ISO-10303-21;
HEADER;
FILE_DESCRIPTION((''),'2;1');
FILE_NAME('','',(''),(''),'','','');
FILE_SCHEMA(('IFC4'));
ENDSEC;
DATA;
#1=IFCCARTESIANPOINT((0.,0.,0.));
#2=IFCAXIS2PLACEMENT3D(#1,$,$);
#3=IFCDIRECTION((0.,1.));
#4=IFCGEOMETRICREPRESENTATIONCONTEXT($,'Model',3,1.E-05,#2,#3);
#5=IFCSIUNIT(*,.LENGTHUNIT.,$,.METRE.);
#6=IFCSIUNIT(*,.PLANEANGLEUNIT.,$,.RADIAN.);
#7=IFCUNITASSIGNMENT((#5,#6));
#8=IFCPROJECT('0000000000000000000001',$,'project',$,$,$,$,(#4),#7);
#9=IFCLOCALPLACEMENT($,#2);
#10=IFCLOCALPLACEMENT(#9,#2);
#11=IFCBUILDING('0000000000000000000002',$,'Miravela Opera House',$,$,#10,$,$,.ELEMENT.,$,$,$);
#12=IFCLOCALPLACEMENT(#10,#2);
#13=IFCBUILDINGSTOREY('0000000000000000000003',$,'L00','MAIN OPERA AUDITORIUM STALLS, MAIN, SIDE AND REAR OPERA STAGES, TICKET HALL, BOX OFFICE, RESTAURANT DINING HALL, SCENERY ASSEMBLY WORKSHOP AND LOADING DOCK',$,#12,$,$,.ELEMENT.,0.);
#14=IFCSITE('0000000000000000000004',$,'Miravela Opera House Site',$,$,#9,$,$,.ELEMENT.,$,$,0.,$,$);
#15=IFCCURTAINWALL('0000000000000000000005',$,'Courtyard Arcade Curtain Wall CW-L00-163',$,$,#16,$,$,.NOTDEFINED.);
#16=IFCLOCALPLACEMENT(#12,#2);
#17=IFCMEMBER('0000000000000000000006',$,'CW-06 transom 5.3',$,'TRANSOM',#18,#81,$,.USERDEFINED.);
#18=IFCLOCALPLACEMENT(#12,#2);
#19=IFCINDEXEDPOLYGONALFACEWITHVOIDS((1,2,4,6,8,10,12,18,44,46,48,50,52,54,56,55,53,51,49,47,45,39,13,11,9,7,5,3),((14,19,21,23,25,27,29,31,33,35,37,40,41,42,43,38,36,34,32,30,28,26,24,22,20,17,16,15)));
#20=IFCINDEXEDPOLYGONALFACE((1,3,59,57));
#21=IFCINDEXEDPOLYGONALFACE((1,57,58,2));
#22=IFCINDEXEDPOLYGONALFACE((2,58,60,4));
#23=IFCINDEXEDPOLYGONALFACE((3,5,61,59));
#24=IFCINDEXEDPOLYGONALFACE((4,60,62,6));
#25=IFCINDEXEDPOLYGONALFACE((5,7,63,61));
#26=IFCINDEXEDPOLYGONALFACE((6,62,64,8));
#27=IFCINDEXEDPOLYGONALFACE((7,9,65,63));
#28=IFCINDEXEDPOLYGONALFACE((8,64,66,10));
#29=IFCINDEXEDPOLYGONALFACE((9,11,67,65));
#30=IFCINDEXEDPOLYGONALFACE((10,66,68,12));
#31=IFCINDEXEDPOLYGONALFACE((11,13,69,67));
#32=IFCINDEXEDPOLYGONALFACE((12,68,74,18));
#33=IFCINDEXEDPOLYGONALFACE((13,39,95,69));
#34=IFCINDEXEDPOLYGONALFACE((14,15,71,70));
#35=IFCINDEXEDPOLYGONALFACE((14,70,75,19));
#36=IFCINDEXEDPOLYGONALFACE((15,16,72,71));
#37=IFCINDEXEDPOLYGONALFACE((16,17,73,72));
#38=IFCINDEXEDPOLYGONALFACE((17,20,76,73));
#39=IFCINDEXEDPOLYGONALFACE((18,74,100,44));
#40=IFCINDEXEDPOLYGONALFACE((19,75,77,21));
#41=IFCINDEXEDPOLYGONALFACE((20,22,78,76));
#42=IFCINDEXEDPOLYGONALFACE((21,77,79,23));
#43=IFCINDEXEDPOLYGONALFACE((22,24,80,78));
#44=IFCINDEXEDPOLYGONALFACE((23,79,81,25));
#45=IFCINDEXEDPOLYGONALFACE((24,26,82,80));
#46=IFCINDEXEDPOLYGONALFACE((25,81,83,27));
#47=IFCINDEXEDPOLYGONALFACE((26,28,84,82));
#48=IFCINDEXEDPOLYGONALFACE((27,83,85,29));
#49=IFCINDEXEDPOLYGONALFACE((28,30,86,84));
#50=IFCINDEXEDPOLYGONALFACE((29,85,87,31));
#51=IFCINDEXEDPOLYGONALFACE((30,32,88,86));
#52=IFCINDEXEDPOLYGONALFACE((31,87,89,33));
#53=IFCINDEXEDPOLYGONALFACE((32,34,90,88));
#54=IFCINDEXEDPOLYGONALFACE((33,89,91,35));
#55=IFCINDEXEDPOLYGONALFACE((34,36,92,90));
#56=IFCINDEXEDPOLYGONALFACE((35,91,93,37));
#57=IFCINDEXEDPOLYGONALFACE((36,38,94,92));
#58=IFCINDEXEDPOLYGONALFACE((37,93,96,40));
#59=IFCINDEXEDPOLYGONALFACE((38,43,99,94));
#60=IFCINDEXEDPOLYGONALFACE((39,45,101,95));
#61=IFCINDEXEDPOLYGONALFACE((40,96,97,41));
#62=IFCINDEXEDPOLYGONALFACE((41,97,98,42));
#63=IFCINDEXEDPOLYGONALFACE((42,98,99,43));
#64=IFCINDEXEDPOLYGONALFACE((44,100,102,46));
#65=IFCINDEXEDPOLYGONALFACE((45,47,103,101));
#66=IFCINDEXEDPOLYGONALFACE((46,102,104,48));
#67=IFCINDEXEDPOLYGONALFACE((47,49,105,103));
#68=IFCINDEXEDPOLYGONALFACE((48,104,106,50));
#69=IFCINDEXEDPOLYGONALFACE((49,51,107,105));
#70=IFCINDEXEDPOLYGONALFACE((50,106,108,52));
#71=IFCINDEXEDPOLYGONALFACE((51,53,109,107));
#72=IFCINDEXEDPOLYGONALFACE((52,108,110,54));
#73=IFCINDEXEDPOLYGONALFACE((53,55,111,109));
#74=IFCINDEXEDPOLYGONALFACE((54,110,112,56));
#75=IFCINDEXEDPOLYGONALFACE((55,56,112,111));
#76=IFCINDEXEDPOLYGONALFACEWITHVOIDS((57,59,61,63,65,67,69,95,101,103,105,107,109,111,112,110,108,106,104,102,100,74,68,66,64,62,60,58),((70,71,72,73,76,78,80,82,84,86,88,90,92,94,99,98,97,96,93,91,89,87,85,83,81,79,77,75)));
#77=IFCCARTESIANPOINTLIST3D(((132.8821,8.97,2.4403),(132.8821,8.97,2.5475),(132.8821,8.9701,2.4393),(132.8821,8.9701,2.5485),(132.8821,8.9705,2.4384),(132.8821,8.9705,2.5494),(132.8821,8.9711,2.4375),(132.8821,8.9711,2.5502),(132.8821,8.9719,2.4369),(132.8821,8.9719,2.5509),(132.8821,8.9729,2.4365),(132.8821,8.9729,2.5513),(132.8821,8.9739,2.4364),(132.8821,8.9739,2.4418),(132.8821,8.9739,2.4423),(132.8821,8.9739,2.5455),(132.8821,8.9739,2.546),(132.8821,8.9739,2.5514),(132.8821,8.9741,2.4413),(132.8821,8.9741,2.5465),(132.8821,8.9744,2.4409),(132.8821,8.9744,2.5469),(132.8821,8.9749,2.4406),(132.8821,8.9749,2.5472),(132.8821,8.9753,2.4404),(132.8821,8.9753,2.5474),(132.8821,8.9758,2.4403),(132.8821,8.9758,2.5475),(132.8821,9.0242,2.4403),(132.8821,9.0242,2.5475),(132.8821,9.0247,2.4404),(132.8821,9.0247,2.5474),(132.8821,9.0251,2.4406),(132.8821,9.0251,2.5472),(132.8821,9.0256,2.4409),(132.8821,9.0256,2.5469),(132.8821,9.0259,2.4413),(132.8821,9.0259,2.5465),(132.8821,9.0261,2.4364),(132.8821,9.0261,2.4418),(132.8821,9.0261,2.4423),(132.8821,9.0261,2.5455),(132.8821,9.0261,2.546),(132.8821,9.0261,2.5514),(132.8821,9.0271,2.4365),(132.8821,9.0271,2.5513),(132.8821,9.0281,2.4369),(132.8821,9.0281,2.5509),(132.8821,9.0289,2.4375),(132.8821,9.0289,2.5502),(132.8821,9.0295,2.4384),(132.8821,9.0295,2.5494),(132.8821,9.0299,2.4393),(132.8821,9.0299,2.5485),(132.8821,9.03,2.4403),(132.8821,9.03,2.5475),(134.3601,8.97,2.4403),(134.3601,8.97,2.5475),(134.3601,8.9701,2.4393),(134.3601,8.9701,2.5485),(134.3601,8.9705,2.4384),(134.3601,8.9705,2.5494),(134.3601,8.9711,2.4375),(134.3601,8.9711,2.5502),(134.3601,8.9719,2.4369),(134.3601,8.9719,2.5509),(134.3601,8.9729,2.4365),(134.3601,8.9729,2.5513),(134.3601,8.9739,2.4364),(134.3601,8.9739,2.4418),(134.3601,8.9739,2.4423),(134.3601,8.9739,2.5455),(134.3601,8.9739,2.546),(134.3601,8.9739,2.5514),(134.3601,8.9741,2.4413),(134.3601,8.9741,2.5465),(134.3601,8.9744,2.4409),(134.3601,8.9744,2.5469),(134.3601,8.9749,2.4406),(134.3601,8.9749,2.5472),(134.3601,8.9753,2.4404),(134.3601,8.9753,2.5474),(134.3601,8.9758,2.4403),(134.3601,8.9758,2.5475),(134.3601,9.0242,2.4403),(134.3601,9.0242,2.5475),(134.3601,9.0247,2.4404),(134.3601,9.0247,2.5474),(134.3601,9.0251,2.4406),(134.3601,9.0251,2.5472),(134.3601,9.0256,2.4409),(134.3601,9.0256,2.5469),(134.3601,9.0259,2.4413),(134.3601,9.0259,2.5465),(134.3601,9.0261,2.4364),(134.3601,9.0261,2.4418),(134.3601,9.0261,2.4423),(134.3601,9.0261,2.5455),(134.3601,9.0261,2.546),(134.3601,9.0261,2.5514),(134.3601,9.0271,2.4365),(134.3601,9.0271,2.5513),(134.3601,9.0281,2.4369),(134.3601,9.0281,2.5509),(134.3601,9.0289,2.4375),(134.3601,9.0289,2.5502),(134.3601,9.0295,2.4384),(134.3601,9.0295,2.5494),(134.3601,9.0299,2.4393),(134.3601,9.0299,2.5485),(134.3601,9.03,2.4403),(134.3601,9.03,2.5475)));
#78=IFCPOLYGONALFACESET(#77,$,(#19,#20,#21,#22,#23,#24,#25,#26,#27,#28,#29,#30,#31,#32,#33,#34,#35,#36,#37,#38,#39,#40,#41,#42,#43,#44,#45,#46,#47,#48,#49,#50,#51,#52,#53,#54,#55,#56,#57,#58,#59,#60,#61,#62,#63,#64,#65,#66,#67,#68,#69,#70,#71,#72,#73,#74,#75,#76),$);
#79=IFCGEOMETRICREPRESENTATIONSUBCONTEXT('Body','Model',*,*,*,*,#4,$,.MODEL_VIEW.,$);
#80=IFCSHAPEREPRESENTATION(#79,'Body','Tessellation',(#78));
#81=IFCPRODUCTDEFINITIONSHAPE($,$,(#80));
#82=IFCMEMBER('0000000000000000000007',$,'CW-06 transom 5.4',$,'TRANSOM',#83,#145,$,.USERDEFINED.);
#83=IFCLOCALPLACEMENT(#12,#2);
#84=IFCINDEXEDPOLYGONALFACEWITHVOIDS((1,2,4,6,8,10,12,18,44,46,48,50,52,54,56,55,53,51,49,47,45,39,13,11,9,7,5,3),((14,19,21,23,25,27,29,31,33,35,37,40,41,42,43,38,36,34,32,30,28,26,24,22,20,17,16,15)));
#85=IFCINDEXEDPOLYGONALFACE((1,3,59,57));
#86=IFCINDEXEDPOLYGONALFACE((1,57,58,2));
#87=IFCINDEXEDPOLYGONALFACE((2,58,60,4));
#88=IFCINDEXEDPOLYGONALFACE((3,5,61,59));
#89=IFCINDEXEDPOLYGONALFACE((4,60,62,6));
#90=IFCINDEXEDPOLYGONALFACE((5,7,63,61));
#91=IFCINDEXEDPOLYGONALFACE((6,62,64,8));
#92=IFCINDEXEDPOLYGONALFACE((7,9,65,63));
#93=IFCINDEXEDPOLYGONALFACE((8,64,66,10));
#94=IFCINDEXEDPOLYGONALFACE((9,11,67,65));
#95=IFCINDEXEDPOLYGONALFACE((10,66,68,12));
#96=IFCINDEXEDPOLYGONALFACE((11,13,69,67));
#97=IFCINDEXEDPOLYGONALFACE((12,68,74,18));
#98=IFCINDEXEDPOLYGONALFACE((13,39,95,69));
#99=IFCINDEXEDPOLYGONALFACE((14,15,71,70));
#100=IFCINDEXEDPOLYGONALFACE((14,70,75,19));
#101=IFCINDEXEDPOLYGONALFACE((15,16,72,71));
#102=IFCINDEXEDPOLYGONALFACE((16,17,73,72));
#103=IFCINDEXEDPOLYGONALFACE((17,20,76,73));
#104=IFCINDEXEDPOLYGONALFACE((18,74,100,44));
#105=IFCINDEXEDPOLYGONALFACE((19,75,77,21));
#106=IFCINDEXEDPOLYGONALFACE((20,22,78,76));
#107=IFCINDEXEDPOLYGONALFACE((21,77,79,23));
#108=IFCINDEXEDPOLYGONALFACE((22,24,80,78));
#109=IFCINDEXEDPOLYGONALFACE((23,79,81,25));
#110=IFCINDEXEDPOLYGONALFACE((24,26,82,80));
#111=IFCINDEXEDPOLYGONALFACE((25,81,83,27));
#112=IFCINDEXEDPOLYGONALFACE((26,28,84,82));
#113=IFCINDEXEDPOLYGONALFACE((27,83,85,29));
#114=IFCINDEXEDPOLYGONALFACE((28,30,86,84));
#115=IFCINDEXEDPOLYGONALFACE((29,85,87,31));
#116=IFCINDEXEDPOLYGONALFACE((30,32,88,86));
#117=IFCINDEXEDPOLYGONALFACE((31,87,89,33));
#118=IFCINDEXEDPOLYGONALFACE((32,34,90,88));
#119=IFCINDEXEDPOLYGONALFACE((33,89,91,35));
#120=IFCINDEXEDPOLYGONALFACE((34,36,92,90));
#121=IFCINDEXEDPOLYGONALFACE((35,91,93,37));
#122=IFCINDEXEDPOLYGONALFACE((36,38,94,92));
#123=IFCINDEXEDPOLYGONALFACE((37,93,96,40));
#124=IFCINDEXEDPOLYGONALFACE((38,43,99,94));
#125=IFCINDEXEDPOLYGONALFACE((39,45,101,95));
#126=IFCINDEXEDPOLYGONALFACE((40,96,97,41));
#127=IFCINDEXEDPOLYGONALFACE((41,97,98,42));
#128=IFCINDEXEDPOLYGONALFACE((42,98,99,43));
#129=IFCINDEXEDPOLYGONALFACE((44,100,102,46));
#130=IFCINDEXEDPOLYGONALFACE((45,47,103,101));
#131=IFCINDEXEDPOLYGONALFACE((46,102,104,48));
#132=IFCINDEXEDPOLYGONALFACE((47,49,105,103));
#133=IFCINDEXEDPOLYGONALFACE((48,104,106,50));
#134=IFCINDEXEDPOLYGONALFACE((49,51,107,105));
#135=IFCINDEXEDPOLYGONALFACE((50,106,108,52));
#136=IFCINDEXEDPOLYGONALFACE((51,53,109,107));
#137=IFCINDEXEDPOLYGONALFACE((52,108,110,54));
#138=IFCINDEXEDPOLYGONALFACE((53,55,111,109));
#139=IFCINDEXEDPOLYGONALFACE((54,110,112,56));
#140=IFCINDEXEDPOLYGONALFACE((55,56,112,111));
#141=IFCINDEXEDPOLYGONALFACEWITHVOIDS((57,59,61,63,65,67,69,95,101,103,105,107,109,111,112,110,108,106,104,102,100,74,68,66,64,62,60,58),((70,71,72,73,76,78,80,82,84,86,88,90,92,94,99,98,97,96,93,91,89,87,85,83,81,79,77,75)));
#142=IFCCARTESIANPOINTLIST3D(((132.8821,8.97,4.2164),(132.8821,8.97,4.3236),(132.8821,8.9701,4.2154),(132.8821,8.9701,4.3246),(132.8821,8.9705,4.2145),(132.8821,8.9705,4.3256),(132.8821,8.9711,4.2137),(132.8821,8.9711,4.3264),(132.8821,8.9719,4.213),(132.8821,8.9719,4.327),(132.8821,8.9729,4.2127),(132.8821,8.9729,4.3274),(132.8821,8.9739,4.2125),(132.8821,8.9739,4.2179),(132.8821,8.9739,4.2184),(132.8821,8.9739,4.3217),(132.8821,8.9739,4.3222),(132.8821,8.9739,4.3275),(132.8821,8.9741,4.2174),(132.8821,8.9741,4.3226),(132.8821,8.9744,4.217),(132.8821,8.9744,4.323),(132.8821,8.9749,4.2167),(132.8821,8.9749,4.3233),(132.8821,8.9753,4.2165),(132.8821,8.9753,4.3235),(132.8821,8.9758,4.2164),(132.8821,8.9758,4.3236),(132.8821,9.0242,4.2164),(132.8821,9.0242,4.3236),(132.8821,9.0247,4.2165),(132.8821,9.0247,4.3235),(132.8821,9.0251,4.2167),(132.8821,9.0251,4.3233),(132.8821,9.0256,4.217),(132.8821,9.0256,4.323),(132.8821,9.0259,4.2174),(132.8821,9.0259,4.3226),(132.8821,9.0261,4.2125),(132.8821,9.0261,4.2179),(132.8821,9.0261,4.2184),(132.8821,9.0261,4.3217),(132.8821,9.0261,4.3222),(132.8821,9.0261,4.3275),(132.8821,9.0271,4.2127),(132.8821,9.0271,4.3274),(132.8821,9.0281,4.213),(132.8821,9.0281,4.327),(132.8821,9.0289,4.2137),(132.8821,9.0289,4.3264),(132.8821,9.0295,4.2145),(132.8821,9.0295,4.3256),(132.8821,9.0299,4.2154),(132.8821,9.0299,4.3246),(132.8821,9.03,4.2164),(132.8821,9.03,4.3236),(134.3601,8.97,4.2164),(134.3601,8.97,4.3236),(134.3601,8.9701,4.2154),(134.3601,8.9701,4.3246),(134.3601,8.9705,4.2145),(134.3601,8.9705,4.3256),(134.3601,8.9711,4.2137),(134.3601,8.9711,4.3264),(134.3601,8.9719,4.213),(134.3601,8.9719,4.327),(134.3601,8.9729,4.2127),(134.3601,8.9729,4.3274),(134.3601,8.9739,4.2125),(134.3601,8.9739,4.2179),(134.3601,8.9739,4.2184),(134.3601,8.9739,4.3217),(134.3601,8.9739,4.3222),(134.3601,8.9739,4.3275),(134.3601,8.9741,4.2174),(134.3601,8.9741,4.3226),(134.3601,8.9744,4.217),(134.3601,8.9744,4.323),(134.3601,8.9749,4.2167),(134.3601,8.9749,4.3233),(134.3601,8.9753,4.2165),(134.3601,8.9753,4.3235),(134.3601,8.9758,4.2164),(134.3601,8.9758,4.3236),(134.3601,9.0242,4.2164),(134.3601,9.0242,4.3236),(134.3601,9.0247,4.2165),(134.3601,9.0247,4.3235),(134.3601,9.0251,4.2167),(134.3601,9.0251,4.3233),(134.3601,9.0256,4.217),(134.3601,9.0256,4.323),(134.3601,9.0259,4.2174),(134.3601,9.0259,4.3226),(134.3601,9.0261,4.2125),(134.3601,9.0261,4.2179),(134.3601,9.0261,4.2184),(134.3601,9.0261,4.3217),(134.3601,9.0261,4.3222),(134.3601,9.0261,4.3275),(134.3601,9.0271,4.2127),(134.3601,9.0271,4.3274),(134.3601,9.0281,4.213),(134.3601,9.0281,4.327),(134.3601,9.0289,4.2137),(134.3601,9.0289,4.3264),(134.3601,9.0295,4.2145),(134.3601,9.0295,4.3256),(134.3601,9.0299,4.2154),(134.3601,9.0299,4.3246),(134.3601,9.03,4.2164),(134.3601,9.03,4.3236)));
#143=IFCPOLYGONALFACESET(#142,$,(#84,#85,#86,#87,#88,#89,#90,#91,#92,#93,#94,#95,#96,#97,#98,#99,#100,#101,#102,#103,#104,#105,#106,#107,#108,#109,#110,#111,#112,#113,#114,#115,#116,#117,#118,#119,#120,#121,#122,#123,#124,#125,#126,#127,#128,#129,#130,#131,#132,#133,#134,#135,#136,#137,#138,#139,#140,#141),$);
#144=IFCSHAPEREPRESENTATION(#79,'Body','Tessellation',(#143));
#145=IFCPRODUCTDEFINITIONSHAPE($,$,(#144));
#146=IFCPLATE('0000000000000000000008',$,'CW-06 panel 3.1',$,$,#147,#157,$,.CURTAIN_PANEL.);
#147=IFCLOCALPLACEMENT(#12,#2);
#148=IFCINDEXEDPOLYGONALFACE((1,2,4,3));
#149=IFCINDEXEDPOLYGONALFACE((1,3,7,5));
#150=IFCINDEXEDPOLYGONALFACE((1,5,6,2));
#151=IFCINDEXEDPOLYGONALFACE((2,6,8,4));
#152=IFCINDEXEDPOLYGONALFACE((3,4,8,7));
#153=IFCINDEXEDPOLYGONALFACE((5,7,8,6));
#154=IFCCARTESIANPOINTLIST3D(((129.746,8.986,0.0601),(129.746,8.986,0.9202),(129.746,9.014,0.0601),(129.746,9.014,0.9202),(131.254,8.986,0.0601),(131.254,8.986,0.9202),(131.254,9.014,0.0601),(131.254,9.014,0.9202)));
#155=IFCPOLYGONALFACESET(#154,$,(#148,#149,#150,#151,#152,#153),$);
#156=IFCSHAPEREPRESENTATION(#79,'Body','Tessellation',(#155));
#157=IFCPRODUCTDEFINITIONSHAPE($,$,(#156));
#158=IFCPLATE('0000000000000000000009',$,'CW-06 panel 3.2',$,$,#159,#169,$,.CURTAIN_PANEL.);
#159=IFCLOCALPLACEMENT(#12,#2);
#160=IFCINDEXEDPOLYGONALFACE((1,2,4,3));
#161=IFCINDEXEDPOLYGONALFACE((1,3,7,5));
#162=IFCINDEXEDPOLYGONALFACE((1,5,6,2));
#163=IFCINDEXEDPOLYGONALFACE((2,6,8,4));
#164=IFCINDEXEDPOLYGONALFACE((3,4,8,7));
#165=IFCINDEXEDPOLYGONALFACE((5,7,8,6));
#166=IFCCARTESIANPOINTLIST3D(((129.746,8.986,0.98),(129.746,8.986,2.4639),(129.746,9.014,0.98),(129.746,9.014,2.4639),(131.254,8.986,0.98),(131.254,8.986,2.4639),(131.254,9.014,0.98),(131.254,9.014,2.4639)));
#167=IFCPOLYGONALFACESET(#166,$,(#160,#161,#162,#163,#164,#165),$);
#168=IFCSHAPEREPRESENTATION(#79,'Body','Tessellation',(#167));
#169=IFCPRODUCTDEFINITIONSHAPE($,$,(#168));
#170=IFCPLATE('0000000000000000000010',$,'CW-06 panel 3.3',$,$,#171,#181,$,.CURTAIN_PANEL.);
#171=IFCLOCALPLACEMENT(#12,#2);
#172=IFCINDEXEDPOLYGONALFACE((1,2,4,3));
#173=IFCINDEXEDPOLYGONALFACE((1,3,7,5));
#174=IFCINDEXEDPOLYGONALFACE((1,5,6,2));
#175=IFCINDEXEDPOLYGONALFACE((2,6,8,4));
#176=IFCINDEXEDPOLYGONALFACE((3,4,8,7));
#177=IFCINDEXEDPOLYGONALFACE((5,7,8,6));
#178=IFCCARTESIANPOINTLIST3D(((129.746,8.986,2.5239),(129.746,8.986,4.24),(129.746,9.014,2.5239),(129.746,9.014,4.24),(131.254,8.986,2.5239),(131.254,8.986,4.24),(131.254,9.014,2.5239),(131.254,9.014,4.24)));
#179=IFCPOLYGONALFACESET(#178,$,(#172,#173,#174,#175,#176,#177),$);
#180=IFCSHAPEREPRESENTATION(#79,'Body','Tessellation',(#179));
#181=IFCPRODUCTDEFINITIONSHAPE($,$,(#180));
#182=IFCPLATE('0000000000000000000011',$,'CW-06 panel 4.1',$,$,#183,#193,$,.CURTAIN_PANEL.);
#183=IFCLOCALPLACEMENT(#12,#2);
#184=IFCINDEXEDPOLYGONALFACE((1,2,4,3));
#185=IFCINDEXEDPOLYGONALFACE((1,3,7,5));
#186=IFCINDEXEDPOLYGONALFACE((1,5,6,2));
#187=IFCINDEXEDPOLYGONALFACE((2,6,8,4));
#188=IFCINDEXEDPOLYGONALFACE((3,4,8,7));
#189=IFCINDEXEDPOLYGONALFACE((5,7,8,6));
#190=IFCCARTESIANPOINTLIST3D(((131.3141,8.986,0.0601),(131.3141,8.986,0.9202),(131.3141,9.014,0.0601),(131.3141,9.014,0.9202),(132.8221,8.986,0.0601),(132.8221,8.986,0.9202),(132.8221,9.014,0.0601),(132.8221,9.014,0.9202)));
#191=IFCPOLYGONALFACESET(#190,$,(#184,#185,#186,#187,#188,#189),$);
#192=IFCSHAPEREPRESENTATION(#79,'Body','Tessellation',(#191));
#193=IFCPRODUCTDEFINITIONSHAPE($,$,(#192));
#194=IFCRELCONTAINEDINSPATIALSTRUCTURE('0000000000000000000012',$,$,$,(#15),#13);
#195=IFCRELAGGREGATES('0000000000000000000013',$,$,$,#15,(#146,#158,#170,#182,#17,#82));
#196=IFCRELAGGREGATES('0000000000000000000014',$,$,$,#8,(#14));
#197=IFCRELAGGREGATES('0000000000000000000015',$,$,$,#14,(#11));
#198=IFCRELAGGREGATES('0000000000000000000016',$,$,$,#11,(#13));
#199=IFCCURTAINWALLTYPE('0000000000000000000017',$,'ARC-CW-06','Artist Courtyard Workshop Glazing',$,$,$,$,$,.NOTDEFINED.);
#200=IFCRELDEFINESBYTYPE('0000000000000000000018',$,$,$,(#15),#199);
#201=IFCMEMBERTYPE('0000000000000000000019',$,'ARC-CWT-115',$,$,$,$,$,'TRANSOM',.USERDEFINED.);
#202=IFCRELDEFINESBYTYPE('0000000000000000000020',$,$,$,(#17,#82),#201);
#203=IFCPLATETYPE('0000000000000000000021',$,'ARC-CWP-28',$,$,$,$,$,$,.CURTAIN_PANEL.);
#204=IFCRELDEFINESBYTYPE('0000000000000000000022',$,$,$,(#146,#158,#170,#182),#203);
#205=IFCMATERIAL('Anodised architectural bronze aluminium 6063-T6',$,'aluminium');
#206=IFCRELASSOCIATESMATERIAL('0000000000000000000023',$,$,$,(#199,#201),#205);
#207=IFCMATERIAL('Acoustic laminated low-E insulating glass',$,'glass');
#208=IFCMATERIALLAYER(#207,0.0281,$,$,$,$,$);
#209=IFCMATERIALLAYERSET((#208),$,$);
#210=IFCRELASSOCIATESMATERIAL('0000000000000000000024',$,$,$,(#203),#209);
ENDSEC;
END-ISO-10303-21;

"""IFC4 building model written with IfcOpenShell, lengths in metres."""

from ifc_helpers import new_model, si_unit, direction, frame, origin, origin_2d, place, context, subcontext, project, spatial, rectangle, hollow_rectangle, extrude, material, layer, layer_set, material_profile, profile_set, type_object, element, aggregate, save


model = new_model("IFC4")

# Units and contexts
model_context = context("Model", 3, precision=1e-05, world=origin(), true_north=direction((0.0, 1.0)))
body_context = subcontext(model_context, "Body", "Model", "MODEL_VIEW")
ifc_project = project(units=[si_unit("LENGTHUNIT", "METRE"), si_unit("PLANEANGLEUNIT", "RADIAN")], contexts=[model_context])

# Site, building, storey
site_placement = place(None, origin())
site = spatial("IfcSite", under=ifc_project, at=site_placement, Name="Miravela Opera House Site", CompositionType="ELEMENT", RefElevation=0.0)
building_placement = place(site_placement, origin())
building = spatial("IfcBuilding", under=site, at=building_placement, Name="Miravela Opera House", CompositionType="ELEMENT")
storey_placement = place(building_placement, origin())
storey = spatial("IfcBuildingStorey", under=building, at=storey_placement, Name="L00", Description="MAIN OPERA AUDITORIUM STALLS, MAIN, SIDE AND REAR OPERA STAGES, TICKET HALL, BOX OFFICE, RESTAURANT DINING HALL, SCENERY ASSEMBLY WORKSHOP AND LOADING DOCK", CompositionType="ELEMENT", Elevation=0.0)

# Shared definitions
ifc_material_1 = material(Name="Anodised architectural bronze aluminium 6063-T6", Category="aluminium")
curtain_wall_type = type_object("IfcCurtainWallType", Name="ARC-CW-06", Description="Artist Courtyard Workshop Glazing", PredefinedType="NOTDEFINED", material=ifc_material_1)

# Curtain wall
curtain_wall_1_placement = place(storey_placement, origin())
curtain_wall_1 = element("IfcCurtainWall", 1, at=curtain_wall_1_placement, inside=storey, type_object=curtain_wall_type, Name="Courtyard Arcade Curtain Wall CW-L00-163", PredefinedType="NOTDEFINED")

# Members
ifc_material_profile_1 = material_profile(ifc_material_1, hollow_rectangle(XDim=0.0601, YDim=0.115, WallThickness=0.0039, InnerFilletRadius=0.002, OuterFilletRadius=0.0039, at=origin_2d()), Name="CWT-60X115")
ifc_profile_set_1 = profile_set([ifc_material_profile_1])
member_type_1 = type_object("IfcMemberType", Name="ARC-CWT-115", ElementType="TRANSOM", PredefinedType="USERDEFINED", material=ifc_profile_set_1)
member_1_placement = place(storey_placement, frame((132.8821, 9.0, 2.4939), z_axis=(1.0, 0.0, 0.0), x_axis=(0.0, 1.0, 0.0)))
member_1 = element("IfcMember", 2, at=member_1_placement, type_object=member_type_1, Name="CW-06 transom 5.3", ObjectType="TRANSOM", PredefinedType="USERDEFINED", context=body_context, shape_type="SweptSolid", body=[
    extrude(hollow_rectangle(XDim=0.0601, YDim=0.115, WallThickness=0.0039, InnerFilletRadius=0.002, OuterFilletRadius=0.0039, at=origin_2d()), origin(), (0.0, 0.0, 1.0), 1.478),
])
member_2_placement = place(storey_placement, frame((132.8821, 9.0, 4.27), z_axis=(1.0, 0.0, 0.0), x_axis=(0.0, 1.0, 0.0)))
member_2 = element("IfcMember", 3, at=member_2_placement, type_object=member_type_1, Name="CW-06 transom 5.4", ObjectType="TRANSOM", PredefinedType="USERDEFINED", context=body_context, shape_type="SweptSolid", body=[
    extrude(hollow_rectangle(XDim=0.0601, YDim=0.115, WallThickness=0.0039, InnerFilletRadius=0.002, OuterFilletRadius=0.0039, at=origin_2d()), origin(), (0.0, 0.0, 1.0), 1.478),
])

# Plates
ifc_material_2 = material(Name="Acoustic laminated low-E insulating glass", Category="glass")
ifc_layer = layer(ifc_material_2, 0.0281)
ifc_layer_set = layer_set([ifc_layer])
plate_type = type_object("IfcPlateType", Name="ARC-CWP-28", PredefinedType="CURTAIN_PANEL", material=ifc_layer_set)
plate_1_placement = place(storey_placement, frame((130.5, 9.0, 0.0601), z_axis=(0.0, 0.0, 1.0), x_axis=(1.0, 0.0, 0.0)))
plate_1 = element("IfcPlate", 4, at=plate_1_placement, type_object=plate_type, Name="CW-06 panel 3.1", PredefinedType="CURTAIN_PANEL", context=body_context, shape_type="SweptSolid", body=[
    extrude(rectangle(XDim=1.5081, YDim=0.0281, at=origin_2d()), origin(), (0.0, 0.0, 1.0), 0.8601),
])
plate_2_placement = place(storey_placement, frame((130.5, 9.0, 0.98), z_axis=(0.0, 0.0, 1.0), x_axis=(1.0, 0.0, 0.0)))
plate_2 = element("IfcPlate", 5, at=plate_2_placement, type_object=plate_type, Name="CW-06 panel 3.2", PredefinedType="CURTAIN_PANEL", context=body_context, shape_type="SweptSolid", body=[
    extrude(rectangle(XDim=1.5081, YDim=0.0281, at=origin_2d()), origin(), (0.0, 0.0, 1.0), 1.4839),
])
plate_3_placement = place(storey_placement, frame((130.5, 9.0, 2.5239), z_axis=(0.0, 0.0, 1.0), x_axis=(1.0, 0.0, 0.0)))
plate_3 = element("IfcPlate", 6, at=plate_3_placement, type_object=plate_type, Name="CW-06 panel 3.3", PredefinedType="CURTAIN_PANEL", context=body_context, shape_type="SweptSolid", body=[
    extrude(rectangle(XDim=1.5081, YDim=0.0281, at=origin_2d()), origin(), (0.0, 0.0, 1.0), 1.7161),
])
plate_4_placement = place(storey_placement, frame((132.0681, 9.0, 0.0601), z_axis=(0.0, 0.0, 1.0), x_axis=(1.0, 0.0, 0.0)))
plate_4 = element("IfcPlate", 7, at=plate_4_placement, type_object=plate_type, Name="CW-06 panel 4.1", PredefinedType="CURTAIN_PANEL", context=body_context, shape_type="SweptSolid", body=[
    extrude(rectangle(XDim=1.5081, YDim=0.0281, at=origin_2d()), origin(), (0.0, 0.0, 1.0), 0.8601),
])
aggregate(curtain_wall_1, [plate_1, plate_2, plate_3, plate_4, member_1, member_2])

save(model, "model.ifc")
